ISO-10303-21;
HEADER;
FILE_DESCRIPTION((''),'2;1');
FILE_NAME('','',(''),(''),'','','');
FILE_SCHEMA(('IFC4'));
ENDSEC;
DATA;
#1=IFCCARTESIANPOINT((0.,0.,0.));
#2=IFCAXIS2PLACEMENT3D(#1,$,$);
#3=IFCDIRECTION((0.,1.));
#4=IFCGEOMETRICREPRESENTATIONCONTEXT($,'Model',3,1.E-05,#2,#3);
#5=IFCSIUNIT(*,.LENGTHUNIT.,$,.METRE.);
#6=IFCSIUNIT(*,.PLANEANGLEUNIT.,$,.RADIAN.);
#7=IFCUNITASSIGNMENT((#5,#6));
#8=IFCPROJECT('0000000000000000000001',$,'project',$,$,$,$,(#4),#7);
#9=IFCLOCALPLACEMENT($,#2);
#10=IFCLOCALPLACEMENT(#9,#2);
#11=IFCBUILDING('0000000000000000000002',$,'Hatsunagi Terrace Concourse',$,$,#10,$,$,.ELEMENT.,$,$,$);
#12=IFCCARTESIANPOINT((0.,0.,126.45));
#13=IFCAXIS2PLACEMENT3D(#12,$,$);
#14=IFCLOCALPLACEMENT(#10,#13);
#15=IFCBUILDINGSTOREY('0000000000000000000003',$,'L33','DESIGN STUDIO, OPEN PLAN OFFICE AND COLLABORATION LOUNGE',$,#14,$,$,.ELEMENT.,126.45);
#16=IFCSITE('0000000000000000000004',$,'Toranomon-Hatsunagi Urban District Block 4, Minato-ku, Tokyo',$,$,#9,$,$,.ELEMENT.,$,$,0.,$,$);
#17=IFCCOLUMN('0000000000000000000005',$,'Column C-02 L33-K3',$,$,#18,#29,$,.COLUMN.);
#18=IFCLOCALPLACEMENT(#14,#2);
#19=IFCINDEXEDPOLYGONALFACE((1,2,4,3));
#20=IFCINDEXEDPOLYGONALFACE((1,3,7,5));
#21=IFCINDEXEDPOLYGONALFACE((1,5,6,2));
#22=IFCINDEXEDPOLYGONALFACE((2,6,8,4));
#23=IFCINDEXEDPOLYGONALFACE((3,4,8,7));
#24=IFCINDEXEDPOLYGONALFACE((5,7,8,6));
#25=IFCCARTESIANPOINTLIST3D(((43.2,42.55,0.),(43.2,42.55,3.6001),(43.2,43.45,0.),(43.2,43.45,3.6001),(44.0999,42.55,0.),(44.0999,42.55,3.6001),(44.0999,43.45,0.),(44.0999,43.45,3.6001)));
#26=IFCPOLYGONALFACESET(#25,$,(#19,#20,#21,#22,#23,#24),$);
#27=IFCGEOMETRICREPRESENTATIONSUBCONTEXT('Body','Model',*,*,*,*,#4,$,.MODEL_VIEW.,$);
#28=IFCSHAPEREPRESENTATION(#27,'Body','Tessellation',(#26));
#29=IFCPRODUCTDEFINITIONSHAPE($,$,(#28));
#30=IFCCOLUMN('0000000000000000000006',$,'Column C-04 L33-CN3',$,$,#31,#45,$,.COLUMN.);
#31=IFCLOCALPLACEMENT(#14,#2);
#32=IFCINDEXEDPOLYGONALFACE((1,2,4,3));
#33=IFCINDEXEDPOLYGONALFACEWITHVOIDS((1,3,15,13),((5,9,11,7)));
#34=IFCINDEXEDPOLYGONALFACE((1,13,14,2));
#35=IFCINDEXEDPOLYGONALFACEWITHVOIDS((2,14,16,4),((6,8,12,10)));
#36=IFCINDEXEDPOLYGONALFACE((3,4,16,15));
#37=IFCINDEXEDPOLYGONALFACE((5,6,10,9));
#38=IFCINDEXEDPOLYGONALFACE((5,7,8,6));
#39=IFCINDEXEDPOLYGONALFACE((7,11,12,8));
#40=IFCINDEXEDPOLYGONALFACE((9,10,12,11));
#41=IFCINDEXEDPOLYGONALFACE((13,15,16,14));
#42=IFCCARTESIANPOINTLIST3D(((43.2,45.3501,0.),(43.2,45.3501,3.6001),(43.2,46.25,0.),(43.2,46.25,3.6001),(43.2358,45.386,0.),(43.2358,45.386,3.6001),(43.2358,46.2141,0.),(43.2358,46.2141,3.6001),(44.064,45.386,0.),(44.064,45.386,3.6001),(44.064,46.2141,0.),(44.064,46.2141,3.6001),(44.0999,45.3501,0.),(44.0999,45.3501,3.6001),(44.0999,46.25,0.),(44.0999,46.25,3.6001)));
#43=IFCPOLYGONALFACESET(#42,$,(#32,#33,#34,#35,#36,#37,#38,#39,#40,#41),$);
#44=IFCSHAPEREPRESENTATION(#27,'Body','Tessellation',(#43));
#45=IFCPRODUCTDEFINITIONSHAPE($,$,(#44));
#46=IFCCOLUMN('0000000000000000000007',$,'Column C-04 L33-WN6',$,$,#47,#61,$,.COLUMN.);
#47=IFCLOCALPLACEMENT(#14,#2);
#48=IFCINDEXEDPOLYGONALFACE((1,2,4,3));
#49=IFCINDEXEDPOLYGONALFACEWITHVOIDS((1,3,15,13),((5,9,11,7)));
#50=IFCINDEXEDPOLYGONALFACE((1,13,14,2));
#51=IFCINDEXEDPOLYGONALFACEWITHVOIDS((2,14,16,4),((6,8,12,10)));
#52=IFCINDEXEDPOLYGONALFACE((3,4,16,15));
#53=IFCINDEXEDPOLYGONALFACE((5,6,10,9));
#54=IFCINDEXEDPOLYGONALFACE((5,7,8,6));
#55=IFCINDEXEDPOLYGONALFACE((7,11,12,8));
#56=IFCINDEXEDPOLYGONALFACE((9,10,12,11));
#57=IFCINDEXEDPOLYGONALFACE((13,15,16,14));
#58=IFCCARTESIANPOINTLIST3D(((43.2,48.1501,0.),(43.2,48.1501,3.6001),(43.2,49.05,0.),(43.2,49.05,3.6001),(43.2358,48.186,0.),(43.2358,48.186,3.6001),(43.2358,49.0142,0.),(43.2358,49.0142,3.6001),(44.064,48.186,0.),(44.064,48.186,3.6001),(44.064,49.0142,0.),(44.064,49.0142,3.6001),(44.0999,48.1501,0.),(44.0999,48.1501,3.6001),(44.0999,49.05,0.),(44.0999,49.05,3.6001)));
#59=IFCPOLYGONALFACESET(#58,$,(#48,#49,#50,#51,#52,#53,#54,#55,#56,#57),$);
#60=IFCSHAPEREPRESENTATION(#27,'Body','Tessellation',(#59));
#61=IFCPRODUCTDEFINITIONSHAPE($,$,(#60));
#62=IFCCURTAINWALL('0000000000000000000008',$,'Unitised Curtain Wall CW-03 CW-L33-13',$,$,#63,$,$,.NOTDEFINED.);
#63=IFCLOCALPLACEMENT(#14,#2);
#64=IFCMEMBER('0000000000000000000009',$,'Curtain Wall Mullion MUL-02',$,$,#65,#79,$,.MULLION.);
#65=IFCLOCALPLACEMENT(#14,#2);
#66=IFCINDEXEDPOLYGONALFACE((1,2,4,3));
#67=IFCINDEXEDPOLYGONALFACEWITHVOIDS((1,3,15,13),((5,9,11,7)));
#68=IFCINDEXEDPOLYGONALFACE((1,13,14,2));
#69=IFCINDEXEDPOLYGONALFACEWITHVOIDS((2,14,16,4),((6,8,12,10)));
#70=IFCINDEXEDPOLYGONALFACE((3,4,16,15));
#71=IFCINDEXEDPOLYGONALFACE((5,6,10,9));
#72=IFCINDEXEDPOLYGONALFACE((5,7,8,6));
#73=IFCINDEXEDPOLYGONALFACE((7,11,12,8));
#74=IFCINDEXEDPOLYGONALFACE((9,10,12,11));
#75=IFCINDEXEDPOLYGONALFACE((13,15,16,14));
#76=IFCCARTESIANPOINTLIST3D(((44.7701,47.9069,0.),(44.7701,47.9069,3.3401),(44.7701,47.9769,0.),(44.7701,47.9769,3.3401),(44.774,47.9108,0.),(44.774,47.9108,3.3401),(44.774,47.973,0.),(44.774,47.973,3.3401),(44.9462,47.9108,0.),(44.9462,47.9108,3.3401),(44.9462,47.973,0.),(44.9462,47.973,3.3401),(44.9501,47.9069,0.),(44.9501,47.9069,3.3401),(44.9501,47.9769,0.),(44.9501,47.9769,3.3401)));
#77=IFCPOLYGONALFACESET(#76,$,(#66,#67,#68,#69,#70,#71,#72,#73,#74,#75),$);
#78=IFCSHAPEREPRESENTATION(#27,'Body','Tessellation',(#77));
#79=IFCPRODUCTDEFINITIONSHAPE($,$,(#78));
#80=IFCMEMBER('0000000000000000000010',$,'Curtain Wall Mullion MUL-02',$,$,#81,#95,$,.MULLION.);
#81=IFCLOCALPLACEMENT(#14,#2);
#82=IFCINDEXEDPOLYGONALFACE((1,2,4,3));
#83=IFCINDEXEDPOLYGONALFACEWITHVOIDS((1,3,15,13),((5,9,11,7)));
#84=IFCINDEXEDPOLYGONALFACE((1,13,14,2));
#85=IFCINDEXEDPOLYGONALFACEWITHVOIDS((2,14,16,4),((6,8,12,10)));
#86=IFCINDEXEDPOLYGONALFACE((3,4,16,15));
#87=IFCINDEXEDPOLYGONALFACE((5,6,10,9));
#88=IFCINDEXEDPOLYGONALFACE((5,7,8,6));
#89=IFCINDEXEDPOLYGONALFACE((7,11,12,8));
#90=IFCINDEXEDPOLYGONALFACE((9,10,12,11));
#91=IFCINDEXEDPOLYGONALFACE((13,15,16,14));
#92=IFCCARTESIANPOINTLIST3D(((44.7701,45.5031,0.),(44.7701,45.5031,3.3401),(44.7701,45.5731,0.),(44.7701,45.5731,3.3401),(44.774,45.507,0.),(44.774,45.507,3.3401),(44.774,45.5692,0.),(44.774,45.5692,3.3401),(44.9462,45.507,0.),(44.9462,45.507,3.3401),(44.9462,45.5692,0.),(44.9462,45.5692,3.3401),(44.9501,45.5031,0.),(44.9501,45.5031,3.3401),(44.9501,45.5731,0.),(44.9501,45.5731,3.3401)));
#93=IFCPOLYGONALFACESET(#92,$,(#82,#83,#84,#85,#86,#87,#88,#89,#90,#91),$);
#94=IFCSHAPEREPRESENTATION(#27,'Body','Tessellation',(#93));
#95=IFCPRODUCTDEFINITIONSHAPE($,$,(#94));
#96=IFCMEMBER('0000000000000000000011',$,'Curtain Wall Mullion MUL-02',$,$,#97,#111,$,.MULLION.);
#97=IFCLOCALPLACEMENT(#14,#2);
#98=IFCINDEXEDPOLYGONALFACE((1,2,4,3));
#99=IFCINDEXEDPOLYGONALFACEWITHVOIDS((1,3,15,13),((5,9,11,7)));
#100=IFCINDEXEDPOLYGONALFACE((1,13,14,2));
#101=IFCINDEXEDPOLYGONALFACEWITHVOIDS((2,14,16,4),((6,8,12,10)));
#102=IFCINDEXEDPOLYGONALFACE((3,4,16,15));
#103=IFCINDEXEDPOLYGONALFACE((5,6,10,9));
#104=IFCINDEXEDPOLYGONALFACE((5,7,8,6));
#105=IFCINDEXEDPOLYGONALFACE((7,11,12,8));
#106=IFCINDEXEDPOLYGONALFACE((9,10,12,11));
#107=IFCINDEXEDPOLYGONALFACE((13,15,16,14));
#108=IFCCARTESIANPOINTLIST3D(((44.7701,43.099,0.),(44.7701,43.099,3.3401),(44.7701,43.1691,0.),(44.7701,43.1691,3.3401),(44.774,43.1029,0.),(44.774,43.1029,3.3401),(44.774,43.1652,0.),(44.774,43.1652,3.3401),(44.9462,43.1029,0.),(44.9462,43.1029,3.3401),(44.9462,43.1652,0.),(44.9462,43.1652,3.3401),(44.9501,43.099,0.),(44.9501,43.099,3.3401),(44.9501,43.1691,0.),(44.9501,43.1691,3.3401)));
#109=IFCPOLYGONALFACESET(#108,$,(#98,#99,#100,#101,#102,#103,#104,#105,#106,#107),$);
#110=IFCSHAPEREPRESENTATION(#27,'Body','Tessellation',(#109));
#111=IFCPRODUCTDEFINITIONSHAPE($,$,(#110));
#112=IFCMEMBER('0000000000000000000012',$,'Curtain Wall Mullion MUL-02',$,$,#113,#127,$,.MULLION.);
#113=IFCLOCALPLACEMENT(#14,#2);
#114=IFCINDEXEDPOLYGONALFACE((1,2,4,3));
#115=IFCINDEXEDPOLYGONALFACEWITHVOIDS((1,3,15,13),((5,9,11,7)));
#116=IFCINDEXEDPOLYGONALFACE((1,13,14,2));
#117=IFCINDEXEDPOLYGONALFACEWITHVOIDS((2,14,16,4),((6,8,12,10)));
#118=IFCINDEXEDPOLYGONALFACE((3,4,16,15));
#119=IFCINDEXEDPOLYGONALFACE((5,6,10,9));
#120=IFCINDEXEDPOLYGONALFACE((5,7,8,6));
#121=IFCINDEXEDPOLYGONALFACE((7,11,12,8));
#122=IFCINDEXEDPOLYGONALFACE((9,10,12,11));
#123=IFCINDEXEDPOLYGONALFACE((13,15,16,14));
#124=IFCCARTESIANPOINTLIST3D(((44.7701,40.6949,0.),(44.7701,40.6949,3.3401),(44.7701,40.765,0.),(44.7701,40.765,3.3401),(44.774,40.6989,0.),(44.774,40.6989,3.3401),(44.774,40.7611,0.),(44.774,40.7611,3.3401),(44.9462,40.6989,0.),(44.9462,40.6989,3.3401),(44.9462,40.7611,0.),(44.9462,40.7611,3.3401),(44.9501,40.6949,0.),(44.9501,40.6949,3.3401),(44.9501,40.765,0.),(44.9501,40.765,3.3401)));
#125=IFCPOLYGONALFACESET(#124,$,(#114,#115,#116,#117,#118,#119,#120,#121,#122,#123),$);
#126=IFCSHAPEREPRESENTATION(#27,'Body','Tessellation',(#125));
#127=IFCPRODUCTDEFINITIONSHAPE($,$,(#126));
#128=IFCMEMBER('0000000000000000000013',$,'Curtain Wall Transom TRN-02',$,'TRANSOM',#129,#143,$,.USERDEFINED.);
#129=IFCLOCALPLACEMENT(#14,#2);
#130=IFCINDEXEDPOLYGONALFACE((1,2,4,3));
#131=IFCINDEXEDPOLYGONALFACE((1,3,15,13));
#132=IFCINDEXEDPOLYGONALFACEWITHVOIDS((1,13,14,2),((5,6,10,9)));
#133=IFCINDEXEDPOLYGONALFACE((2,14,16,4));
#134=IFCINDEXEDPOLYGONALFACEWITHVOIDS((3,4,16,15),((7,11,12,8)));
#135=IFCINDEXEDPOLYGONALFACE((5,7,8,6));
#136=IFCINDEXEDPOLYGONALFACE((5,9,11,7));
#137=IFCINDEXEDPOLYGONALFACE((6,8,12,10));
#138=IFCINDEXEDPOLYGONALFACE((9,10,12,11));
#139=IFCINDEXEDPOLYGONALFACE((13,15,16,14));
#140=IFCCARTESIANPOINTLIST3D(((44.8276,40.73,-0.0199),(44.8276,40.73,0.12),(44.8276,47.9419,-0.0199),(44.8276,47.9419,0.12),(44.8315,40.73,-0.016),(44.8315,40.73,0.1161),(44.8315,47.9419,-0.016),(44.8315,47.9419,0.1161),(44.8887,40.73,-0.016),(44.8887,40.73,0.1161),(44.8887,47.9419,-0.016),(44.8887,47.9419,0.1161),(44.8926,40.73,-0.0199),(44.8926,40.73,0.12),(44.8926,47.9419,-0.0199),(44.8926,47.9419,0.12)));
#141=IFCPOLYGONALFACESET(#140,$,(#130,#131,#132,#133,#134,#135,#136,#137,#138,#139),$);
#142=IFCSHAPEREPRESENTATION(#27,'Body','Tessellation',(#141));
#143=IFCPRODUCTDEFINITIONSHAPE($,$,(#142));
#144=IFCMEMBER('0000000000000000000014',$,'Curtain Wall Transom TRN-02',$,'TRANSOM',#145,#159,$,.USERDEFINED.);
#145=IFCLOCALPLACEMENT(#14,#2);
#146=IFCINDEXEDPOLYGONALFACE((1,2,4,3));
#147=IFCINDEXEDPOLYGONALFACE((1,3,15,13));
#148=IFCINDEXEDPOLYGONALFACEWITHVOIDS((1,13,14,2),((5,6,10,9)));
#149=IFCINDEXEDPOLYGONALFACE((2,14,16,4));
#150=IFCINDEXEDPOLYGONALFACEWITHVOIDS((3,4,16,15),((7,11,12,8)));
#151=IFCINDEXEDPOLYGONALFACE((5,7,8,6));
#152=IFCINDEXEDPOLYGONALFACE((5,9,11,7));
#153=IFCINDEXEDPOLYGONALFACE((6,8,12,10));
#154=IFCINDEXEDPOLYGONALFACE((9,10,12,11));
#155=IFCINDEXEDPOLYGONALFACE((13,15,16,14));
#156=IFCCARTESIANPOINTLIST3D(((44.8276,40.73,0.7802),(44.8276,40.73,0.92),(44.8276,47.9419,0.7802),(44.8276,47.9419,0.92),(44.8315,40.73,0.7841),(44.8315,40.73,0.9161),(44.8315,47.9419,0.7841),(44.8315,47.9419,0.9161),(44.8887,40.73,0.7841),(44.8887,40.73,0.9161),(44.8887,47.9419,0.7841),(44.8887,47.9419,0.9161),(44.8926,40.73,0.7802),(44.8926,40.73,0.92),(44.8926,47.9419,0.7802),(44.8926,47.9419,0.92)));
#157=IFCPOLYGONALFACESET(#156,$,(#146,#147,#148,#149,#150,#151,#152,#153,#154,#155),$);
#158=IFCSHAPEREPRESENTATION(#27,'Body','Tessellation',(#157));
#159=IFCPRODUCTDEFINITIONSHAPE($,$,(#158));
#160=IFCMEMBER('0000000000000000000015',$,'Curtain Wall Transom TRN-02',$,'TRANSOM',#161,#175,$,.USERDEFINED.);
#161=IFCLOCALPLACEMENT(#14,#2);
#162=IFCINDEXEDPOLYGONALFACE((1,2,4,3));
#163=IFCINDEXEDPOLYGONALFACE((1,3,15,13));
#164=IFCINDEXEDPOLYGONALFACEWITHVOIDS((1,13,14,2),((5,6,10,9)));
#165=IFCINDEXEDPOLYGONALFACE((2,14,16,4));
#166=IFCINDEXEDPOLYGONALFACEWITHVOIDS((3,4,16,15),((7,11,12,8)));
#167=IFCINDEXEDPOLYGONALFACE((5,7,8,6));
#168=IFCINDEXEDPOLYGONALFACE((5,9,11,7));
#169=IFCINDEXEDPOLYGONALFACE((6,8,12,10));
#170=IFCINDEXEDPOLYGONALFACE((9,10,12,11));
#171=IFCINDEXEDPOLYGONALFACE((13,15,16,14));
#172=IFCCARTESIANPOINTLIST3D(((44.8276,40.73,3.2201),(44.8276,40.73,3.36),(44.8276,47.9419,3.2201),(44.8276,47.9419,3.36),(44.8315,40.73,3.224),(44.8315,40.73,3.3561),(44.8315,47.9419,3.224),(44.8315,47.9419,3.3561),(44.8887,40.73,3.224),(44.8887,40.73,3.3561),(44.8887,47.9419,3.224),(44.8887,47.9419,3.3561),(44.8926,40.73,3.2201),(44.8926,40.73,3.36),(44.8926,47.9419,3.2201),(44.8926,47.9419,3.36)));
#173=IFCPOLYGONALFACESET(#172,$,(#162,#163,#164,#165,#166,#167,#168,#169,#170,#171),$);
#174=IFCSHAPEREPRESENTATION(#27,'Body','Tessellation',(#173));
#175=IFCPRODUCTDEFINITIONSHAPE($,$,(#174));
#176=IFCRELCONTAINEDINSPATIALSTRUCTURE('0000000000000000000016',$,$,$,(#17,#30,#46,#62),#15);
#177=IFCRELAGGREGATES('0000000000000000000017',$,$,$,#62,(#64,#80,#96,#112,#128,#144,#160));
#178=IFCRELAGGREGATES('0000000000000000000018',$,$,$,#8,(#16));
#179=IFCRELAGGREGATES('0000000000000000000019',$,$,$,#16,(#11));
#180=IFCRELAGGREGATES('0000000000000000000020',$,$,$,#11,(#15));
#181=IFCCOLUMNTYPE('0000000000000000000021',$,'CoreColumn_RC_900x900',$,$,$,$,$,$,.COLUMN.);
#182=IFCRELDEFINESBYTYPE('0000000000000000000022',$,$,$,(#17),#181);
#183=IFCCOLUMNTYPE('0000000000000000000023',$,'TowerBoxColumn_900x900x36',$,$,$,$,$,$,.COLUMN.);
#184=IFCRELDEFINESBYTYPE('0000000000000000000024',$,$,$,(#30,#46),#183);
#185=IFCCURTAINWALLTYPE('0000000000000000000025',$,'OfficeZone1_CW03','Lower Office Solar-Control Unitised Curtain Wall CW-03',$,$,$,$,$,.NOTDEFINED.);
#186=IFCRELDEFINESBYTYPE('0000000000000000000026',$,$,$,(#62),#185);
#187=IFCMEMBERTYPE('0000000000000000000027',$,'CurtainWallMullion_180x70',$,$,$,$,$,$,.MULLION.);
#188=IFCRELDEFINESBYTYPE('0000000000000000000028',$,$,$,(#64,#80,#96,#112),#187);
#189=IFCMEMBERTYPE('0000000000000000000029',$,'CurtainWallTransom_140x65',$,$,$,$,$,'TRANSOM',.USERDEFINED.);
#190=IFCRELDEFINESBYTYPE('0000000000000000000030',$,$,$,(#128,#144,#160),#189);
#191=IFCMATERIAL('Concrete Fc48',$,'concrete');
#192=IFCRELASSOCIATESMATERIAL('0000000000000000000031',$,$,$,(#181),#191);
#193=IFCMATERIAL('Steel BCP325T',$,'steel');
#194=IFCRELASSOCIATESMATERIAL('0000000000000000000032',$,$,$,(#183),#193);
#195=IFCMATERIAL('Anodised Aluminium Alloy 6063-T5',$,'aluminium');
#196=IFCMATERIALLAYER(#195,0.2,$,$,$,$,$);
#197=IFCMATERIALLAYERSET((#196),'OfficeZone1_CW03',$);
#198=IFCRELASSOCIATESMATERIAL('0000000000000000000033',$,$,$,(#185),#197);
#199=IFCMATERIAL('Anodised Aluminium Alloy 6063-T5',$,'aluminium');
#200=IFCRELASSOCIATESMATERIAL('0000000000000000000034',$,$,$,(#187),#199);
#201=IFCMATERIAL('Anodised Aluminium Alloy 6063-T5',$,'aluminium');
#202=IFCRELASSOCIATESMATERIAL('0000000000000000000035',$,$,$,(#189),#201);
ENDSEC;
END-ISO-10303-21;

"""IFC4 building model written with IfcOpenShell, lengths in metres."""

from ifc_helpers import new_model, si_unit, direction, frame, origin, origin_2d, place, context, subcontext, project, spatial, rectangle, hollow_rectangle, extrude, material, layer, layer_set, material_profile, profile_set, type_object, element, aggregate, save


model = new_model("IFC4")

# Units and contexts
model_context = context("Model", 3, precision=1e-05, world=origin(), true_north=direction((0.0, 1.0)))
body_context = subcontext(model_context, "Body", "Model", "MODEL_VIEW")
ifc_project = project(units=[si_unit("LENGTHUNIT", "METRE"), si_unit("PLANEANGLEUNIT", "RADIAN")], contexts=[model_context])

# Site, building, storey
site_placement = place(None, origin())
site = spatial("IfcSite", under=ifc_project, at=site_placement, Name="Toranomon-Hatsunagi Urban District Block 4, Minato-ku, Tokyo", CompositionType="ELEMENT", RefElevation=0.0)
building_placement = place(site_placement, origin())
building = spatial("IfcBuilding", under=site, at=building_placement, Name="Hatsunagi Terrace Concourse", CompositionType="ELEMENT")
storey_placement = place(building_placement, frame((0.0, 0.0, 126.45)))
storey = spatial("IfcBuildingStorey", under=building, at=storey_placement, Name="L33", Description="DESIGN STUDIO, OPEN PLAN OFFICE AND COLLABORATION LOUNGE", CompositionType="ELEMENT", Elevation=126.45)

# Columns
ifc_material_1 = material(Name="Concrete Fc48", Category="concrete")
ifc_material_profile_1 = material_profile(ifc_material_1, rectangle(XDim=0.8999, YDim=0.8999, at=origin_2d()), Name="RC-900x900")
ifc_profile_set_1 = profile_set([ifc_material_profile_1], Name="Concrete Fc48")
column_type_1 = type_object("IfcColumnType", Name="CoreColumn_RC_900x900", PredefinedType="COLUMN", material=ifc_profile_set_1)
column_placement = place(storey_placement, frame((43.6499, 43.0, 0.0), z_axis=(0.0, 0.0, 1.0), x_axis=(1.0, 0.0, 0.0)))
element("IfcColumn", 1, at=column_placement, inside=storey, type_object=column_type_1, Name="Column C-02 L33-K3", PredefinedType="COLUMN", context=body_context, shape_type="SweptSolid", body=[
    extrude(rectangle(XDim=0.8999, YDim=0.8999, at=origin_2d()), origin(), (0.0, 0.0, 1.0), 3.6001),
])
ifc_material_2 = material(Name="Steel BCP325T", Category="steel")
ifc_material_profile_2 = material_profile(ifc_material_2, hollow_rectangle(XDim=0.8999, YDim=0.8999, WallThickness=0.0359, at=origin_2d()), Name="BCP-900x900x36")
ifc_profile_set_2 = profile_set([ifc_material_profile_2], Name="Steel BCP325T")
column_type_2 = type_object("IfcColumnType", Name="TowerBoxColumn_900x900x36", PredefinedType="COLUMN", material=ifc_profile_set_2)
for number, where, z_axis, x_axis, name in (
    (2, (43.6499, 45.8, 0.0), (0.0, 0.0, 1.0), (1.0, 0.0, 0.0), "Column C-04 L33-CN3"),
    (3, (43.6499, 48.6001, 0.0), (0.0, 0.0, 1.0), (1.0, 0.0, 0.0), "Column C-04 L33-WN6"),
):
    element("IfcColumn", number, at=place(storey_placement, frame(where, z_axis=z_axis, x_axis=x_axis)), inside=storey, type_object=column_type_2, Name=name, PredefinedType="COLUMN", context=body_context, shape_type="SweptSolid", body=[
        extrude(hollow_rectangle(XDim=0.8999, YDim=0.8999, WallThickness=0.0359, at=origin_2d()), origin(), (0.0, 0.0, 1.0), 3.6001),
    ])

# Curtain wall, members
ifc_material_3 = material(Name="Anodised Aluminium Alloy 6063-T5", Category="aluminium")
ifc_layer_1 = layer(ifc_material_3, 0.2)
ifc_layer_set_1 = layer_set([ifc_layer_1], Name="OfficeZone1_CW03")
curtain_wall_type = type_object("IfcCurtainWallType", Name="OfficeZone1_CW03", Description="Lower Office Solar-Control Unitised Curtain Wall CW-03", PredefinedType="NOTDEFINED", material=ifc_layer_set_1)
curtain_wall_placement = place(storey_placement, origin())
curtain_wall = element("IfcCurtainWall", 4, at=curtain_wall_placement, inside=storey, type_object=curtain_wall_type, Name="Unitised Curtain Wall CW-03 CW-L33-13", PredefinedType="NOTDEFINED")
ifc_material_4 = material(Name="Anodised Aluminium Alloy 6063-T5", Category="aluminium")
ifc_material_profile_3 = material_profile(ifc_material_4, hollow_rectangle(XDim=0.0701, YDim=0.1799, WallThickness=0.0039, at=origin_2d()), Name="ALU-MUL-180x70x4")
ifc_profile_set_3 = profile_set([ifc_material_profile_3], Name="Anodised Aluminium Alloy 6063-T5")
member_type_1 = type_object("IfcMemberType", Name="CurtainWallMullion_180x70", PredefinedType="MULLION", material=ifc_profile_set_3)
member_1_placement = place(storey_placement, frame((44.8601, 47.9419, 0.0), z_axis=(0.0, 0.0, 1.0), x_axis=(0.0, -1.0, 0.0)))
member_1 = element("IfcMember", 5, at=member_1_placement, type_object=member_type_1, Name="Curtain Wall Mullion MUL-02", PredefinedType="MULLION", context=body_context, shape_type="SweptSolid", body=[
    extrude(hollow_rectangle(XDim=0.0701, YDim=0.1799, WallThickness=0.0039, at=origin_2d()), origin(), (0.0, 0.0, 1.0), 3.3401),
])
member_2_placement = place(storey_placement, frame((44.8601, 45.5381, 0.0), z_axis=(0.0, 0.0, 1.0), x_axis=(0.0, -1.0, 0.0)))
member_2 = element("IfcMember", 6, at=member_2_placement, type_object=member_type_1, Name="Curtain Wall Mullion MUL-02", PredefinedType="MULLION", context=body_context, shape_type="SweptSolid", body=[
    extrude(hollow_rectangle(XDim=0.0701, YDim=0.1799, WallThickness=0.0039, at=origin_2d()), origin(), (0.0, 0.0, 1.0), 3.3401),
])
member_3_placement = place(storey_placement, frame((44.8601, 43.134, 0.0), z_axis=(0.0, 0.0, 1.0), x_axis=(0.0, -1.0, 0.0)))
member_3 = element("IfcMember", 7, at=member_3_placement, type_object=member_type_1, Name="Curtain Wall Mullion MUL-02", PredefinedType="MULLION", context=body_context, shape_type="SweptSolid", body=[
    extrude(hollow_rectangle(XDim=0.0701, YDim=0.1799, WallThickness=0.0039, at=origin_2d()), origin(), (0.0, 0.0, 1.0), 3.3401),
])
member_4_placement = place(storey_placement, frame((44.8601, 40.73, 0.0), z_axis=(0.0, 0.0, 1.0), x_axis=(0.0, -1.0, 0.0)))
member_4 = element("IfcMember", 8, at=member_4_placement, type_object=member_type_1, Name="Curtain Wall Mullion MUL-02", PredefinedType="MULLION", context=body_context, shape_type="SweptSolid", body=[
    extrude(hollow_rectangle(XDim=0.0701, YDim=0.1799, WallThickness=0.0039, at=origin_2d()), origin(), (0.0, 0.0, 1.0), 3.3401),
])
ifc_material_5 = material(Name="Anodised Aluminium Alloy 6063-T5", Category="aluminium")
ifc_material_profile_4 = material_profile(ifc_material_5, hollow_rectangle(XDim=0.0649, YDim=0.1399, WallThickness=0.0039, at=origin_2d()), Name="ALU-TRN-140x65x4")
ifc_profile_set_4 = profile_set([ifc_material_profile_4], Name="Anodised Aluminium Alloy 6063-T5")
member_type_2 = type_object("IfcMemberType", Name="CurtainWallTransom_140x65", ElementType="TRANSOM", PredefinedType="USERDEFINED", material=ifc_profile_set_4)
member_5_placement = place(storey_placement, frame((44.8601, 47.9419, 0.05), z_axis=(0.0, -1.0, 0.0), x_axis=(1.0, 0.0, 0.0)))
member_5 = element("IfcMember", 9, at=member_5_placement, type_object=member_type_2, Name="Curtain Wall Transom TRN-02", ObjectType="TRANSOM", PredefinedType="USERDEFINED", context=body_context, shape_type="SweptSolid", body=[
    extrude(hollow_rectangle(XDim=0.0649, YDim=0.1399, WallThickness=0.0039, at=origin_2d()), origin(), (0.0, 0.0, 1.0), 7.2119),
])
member_6_placement = place(storey_placement, frame((44.8601, 47.9419, 0.8501), z_axis=(0.0, -1.0, 0.0), x_axis=(1.0, 0.0, 0.0)))
member_6 = element("IfcMember", 10, at=member_6_placement, type_object=member_type_2, Name="Curtain Wall Transom TRN-02", ObjectType="TRANSOM", PredefinedType="USERDEFINED", context=body_context, shape_type="SweptSolid", body=[
    extrude(hollow_rectangle(XDim=0.0649, YDim=0.1399, WallThickness=0.0039, at=origin_2d()), origin(), (0.0, 0.0, 1.0), 7.2119),
])
member_7_placement = place(storey_placement, frame((44.8601, 47.9419, 3.29), z_axis=(0.0, -1.0, 0.0), x_axis=(1.0, 0.0, 0.0)))
member_7 = element("IfcMember", 11, at=member_7_placement, type_object=member_type_2, Name="Curtain Wall Transom TRN-02", ObjectType="TRANSOM", PredefinedType="USERDEFINED", context=body_context, shape_type="SweptSolid", body=[
    extrude(hollow_rectangle(XDim=0.0649, YDim=0.1399, WallThickness=0.0039, at=origin_2d()), origin(), (0.0, 0.0, 1.0), 7.2119),
])

aggregate(curtain_wall, [member_1, member_2, member_3, member_4, member_5, member_6, member_7])

save(model, "model.ifc")
